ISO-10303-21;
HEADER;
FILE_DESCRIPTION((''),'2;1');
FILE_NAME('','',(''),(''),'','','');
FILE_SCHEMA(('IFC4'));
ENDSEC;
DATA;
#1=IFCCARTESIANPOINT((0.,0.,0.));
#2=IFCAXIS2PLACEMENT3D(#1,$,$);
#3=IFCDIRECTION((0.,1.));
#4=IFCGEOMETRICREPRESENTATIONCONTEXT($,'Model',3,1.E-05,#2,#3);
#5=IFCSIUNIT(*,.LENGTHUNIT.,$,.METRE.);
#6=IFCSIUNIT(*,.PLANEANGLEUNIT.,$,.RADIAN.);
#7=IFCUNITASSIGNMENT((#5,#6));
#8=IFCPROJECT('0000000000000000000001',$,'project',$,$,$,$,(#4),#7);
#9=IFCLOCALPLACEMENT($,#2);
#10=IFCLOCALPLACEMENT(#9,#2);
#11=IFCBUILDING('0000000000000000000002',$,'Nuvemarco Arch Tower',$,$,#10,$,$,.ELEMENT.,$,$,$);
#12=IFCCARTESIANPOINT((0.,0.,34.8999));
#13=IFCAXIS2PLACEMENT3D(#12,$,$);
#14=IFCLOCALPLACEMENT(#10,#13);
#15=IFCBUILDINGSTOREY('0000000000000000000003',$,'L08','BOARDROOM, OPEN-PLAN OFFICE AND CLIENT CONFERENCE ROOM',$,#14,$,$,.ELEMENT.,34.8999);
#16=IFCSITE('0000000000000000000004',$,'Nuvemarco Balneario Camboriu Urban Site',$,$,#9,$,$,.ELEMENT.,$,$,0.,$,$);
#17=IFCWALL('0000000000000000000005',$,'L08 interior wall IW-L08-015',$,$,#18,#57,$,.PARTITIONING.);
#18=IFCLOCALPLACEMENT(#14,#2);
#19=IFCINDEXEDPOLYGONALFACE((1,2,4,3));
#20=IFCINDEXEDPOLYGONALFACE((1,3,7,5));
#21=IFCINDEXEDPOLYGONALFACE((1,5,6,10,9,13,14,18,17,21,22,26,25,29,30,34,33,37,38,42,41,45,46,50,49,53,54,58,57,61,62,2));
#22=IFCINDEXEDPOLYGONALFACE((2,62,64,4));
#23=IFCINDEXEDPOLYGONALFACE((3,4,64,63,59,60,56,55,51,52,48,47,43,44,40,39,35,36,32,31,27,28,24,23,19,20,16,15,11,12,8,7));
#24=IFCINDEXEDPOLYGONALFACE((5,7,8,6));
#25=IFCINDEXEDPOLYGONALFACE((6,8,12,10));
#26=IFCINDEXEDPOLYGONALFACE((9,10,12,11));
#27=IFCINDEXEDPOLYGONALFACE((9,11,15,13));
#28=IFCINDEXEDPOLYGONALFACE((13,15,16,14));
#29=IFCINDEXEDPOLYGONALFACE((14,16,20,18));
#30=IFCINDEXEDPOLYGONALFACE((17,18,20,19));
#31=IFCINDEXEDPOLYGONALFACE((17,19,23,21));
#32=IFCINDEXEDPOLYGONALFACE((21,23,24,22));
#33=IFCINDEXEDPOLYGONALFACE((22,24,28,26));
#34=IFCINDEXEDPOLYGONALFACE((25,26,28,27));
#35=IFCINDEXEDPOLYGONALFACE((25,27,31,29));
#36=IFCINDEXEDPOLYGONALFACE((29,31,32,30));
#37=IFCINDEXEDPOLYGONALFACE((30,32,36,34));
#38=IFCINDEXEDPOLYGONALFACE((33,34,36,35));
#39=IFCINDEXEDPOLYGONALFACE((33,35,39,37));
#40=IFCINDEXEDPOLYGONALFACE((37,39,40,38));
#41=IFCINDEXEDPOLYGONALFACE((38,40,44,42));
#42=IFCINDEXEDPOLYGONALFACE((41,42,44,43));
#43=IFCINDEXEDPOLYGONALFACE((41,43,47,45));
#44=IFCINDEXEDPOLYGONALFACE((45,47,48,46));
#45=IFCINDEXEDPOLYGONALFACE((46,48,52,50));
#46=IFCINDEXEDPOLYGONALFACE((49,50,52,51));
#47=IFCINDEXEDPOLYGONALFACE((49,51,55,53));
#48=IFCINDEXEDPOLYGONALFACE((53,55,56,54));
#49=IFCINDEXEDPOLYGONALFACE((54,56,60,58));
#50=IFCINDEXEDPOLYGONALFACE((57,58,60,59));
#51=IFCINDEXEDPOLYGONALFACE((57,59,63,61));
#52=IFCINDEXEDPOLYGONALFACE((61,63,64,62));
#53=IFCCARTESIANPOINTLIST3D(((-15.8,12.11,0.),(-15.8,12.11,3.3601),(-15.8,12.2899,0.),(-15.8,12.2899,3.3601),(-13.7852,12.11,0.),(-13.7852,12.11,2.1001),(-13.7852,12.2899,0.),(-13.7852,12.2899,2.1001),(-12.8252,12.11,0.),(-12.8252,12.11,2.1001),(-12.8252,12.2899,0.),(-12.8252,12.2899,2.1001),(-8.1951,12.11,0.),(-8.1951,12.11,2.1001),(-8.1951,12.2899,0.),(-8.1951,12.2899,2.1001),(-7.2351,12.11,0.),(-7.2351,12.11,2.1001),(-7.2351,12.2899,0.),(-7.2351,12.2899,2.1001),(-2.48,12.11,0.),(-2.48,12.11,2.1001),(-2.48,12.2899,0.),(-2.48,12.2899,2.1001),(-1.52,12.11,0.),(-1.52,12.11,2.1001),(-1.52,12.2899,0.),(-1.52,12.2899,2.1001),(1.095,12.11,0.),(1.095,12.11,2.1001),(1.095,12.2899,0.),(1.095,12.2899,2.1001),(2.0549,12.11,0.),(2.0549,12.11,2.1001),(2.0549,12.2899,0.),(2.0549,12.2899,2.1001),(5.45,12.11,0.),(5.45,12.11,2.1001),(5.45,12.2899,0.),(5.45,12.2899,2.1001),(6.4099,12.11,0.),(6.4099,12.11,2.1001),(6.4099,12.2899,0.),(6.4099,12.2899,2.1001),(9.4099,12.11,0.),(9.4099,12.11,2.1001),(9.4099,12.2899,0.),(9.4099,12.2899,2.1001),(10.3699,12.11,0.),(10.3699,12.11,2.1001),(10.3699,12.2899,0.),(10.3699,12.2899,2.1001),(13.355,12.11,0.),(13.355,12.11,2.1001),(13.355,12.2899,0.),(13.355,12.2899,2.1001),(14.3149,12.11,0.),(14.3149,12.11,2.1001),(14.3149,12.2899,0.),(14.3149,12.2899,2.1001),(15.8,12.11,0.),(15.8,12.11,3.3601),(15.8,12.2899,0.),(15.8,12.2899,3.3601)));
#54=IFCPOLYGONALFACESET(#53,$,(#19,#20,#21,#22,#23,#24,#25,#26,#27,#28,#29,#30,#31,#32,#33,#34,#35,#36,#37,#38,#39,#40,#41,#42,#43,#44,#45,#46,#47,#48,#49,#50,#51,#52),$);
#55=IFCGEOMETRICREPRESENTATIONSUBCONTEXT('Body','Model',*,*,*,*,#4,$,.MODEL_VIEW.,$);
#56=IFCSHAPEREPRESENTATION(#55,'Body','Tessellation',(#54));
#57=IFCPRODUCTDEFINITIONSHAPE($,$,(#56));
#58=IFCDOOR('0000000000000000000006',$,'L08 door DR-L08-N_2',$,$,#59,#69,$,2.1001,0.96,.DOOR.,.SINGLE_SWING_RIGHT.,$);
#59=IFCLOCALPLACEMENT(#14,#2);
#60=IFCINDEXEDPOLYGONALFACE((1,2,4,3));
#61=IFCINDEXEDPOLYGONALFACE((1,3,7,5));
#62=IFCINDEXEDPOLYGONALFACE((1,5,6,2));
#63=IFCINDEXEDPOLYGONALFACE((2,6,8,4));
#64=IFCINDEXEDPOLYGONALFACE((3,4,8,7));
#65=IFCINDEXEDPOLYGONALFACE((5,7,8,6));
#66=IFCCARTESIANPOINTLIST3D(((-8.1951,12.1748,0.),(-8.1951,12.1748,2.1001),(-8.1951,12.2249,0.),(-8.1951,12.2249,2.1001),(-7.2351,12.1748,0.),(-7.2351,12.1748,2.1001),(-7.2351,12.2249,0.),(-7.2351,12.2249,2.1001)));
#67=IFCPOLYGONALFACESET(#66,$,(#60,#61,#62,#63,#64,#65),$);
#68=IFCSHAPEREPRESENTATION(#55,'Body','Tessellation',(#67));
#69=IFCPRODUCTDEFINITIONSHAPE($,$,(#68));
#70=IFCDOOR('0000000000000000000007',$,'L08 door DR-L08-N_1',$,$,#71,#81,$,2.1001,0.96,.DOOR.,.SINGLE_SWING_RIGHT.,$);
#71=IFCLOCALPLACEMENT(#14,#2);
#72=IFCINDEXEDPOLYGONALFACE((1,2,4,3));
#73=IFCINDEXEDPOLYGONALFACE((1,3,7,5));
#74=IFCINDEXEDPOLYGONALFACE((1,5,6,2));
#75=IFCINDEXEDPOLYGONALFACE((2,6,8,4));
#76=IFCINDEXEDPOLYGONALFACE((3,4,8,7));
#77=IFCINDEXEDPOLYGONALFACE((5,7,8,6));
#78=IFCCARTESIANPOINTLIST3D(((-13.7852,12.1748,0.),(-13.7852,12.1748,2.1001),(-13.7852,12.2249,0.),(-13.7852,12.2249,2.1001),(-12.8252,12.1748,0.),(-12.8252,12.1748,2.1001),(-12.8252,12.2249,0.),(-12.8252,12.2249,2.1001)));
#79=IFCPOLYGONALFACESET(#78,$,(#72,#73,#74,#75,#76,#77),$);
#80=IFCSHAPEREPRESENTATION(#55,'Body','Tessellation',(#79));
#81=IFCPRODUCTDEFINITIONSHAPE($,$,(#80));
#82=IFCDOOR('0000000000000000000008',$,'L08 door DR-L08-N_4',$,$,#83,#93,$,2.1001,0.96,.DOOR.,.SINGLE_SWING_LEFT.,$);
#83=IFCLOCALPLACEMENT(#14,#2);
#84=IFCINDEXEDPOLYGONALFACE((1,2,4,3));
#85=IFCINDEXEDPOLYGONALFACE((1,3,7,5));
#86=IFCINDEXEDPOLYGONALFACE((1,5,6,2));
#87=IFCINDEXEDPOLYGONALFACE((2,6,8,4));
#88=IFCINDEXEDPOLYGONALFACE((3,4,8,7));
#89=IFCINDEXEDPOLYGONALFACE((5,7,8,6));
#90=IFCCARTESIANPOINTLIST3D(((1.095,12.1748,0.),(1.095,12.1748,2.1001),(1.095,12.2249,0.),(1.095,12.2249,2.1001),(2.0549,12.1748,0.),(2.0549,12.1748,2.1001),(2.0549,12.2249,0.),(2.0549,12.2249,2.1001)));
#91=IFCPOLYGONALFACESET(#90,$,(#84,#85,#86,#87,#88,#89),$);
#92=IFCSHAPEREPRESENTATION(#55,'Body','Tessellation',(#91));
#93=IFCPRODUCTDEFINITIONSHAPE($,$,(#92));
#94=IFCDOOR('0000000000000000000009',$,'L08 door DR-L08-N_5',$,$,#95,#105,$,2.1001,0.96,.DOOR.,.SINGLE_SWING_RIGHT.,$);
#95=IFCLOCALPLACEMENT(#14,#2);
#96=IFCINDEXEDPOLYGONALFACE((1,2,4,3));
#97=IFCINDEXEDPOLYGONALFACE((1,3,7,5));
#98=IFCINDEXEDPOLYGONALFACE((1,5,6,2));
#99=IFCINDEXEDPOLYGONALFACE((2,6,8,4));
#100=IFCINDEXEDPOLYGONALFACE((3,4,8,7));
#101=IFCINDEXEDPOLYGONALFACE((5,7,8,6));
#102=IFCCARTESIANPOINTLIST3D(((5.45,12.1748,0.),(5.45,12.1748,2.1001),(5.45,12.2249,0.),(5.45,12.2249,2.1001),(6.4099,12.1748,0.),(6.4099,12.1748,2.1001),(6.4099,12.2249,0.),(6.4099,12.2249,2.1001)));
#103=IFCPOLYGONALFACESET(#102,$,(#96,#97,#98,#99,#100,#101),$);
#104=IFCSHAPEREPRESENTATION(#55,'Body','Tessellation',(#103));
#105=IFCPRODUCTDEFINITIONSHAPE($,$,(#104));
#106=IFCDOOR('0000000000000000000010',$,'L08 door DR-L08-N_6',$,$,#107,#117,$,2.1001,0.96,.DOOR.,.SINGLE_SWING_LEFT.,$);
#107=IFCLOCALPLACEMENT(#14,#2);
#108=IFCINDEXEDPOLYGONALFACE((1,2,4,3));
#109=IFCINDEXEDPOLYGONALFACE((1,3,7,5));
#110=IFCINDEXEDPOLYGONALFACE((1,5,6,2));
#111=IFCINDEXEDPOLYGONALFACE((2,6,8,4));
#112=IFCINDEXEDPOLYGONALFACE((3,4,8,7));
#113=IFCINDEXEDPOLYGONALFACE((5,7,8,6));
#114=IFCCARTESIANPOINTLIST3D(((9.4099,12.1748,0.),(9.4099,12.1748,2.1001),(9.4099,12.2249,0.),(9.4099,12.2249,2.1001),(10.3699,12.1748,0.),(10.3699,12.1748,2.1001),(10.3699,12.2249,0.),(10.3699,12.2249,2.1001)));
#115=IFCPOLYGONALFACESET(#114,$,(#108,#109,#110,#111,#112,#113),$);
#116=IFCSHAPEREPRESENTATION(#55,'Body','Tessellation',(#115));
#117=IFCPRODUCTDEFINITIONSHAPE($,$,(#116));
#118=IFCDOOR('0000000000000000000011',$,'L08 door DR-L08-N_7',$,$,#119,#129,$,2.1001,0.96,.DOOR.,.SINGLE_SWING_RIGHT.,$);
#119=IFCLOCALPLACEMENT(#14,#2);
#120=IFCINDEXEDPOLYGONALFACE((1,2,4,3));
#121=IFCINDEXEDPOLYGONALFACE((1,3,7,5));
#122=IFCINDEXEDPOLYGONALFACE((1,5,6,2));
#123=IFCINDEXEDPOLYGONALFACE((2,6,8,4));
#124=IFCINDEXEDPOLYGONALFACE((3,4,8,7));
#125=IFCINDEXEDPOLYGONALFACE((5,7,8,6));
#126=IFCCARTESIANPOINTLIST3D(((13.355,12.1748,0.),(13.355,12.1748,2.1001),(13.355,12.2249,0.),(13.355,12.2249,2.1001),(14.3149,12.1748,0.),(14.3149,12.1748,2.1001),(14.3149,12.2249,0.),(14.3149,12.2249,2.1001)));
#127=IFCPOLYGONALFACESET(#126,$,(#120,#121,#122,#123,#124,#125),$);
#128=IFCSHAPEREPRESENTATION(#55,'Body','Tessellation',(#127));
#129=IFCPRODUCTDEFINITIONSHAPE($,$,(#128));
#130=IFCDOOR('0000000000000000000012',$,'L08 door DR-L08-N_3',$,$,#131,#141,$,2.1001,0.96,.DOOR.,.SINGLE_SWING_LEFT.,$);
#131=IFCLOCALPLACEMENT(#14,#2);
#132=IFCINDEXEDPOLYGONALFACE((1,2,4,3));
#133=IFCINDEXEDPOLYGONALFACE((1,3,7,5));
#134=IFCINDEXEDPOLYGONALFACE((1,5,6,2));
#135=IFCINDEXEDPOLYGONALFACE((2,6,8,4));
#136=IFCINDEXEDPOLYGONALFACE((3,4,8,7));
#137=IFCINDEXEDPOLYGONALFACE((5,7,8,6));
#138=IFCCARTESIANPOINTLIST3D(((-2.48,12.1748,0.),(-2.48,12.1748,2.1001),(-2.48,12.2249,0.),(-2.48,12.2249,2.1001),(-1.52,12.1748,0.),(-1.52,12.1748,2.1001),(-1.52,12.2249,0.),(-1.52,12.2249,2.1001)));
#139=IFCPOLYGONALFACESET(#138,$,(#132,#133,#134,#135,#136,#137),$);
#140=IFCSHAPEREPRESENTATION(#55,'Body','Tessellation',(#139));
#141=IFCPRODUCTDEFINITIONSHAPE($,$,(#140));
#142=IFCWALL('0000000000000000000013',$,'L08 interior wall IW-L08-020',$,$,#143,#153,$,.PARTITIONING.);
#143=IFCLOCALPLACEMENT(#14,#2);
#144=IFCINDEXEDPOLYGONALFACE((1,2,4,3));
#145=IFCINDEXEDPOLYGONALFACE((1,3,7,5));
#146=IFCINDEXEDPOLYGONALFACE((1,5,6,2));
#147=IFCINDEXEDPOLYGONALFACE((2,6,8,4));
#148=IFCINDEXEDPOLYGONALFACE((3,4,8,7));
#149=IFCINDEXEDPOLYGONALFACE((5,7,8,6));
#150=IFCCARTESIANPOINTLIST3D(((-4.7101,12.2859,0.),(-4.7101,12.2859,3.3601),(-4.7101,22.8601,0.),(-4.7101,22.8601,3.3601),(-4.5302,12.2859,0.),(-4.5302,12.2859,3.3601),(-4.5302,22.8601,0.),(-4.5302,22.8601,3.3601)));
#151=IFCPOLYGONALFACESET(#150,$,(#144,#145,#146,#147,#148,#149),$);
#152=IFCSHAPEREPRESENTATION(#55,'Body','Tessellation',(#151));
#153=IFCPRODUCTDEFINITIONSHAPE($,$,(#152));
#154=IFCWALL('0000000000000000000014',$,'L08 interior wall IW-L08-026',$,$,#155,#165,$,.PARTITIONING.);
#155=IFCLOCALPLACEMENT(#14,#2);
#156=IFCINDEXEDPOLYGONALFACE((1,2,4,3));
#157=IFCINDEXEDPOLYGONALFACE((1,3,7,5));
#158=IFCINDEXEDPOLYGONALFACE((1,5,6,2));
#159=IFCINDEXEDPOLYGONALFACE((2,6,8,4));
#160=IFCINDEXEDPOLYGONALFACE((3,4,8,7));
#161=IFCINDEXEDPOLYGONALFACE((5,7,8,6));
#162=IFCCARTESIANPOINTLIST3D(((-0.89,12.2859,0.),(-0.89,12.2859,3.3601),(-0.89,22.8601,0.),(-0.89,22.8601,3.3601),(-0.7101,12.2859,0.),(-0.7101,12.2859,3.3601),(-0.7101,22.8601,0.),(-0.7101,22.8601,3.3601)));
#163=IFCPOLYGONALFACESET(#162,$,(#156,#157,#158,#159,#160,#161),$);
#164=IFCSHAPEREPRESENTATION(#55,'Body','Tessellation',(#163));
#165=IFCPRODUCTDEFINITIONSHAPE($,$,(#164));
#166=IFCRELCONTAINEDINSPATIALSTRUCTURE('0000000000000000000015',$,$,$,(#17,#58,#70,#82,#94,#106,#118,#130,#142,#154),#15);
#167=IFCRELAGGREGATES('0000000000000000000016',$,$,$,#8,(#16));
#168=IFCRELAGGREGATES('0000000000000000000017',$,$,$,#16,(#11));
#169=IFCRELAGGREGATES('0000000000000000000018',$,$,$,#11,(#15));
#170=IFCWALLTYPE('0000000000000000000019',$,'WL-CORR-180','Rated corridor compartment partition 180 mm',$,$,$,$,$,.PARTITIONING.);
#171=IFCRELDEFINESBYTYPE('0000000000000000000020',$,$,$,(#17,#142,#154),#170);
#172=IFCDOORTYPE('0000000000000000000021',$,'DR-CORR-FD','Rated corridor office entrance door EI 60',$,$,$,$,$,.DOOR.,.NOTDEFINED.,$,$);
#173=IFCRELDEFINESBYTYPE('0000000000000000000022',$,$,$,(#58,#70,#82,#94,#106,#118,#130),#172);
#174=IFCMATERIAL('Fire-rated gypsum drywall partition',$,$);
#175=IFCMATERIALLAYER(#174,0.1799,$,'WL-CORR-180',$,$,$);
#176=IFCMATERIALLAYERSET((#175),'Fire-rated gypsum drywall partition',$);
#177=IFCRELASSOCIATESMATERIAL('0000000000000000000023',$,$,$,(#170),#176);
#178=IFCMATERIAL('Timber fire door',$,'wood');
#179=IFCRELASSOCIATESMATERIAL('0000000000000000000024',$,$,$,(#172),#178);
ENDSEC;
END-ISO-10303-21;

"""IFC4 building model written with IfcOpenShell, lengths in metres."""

from ifc_helpers import new_model, si_unit, direction, frame, frame_2d, origin, place, context, subcontext, project, spatial, rectangle, extrude, source, transform, mapped, material, layer, layer_set, type_object, type_shapes, element, fill, save


model = new_model("IFC4")

# Units and contexts
model_context = context("Model", 3, precision=1e-05, world=origin(), true_north=direction((0.0, 1.0)))
body_context = subcontext(model_context, "Body", "Model", "MODEL_VIEW")
ifc_project = project(units=[si_unit("LENGTHUNIT", "METRE"), si_unit("PLANEANGLEUNIT", "RADIAN")], contexts=[model_context])

# Site, building, storey
site_placement = place(None, origin())
site = spatial("IfcSite", under=ifc_project, at=site_placement, Name="Nuvemarco Balneario Camboriu Urban Site", CompositionType="ELEMENT", RefElevation=0.0)
building_placement = place(site_placement, origin())
building = spatial("IfcBuilding", under=site, at=building_placement, Name="Nuvemarco Arch Tower", CompositionType="ELEMENT")
storey_placement = place(building_placement, frame((0.0, 0.0, 34.8999)))
storey = spatial("IfcBuildingStorey", under=building, at=storey_placement, Name="L08", Description="BOARDROOM, OPEN-PLAN OFFICE AND CLIENT CONFERENCE ROOM", CompositionType="ELEMENT", Elevation=34.8999)

# Shared definitions
ifc_material_1 = material(Name="Fire-rated gypsum drywall partition")
ifc_layer_1 = layer(ifc_material_1, 0.1799, Name="WL-CORR-180")
ifc_layer_set_1 = layer_set([ifc_layer_1], Name="Fire-rated gypsum drywall partition")
wall_type_1 = type_object("IfcWallType", Name="WL-CORR-180", Description="Rated corridor compartment partition 180 mm", PredefinedType="PARTITIONING", material=ifc_layer_set_1)
ifc_material_2 = material(Name="Timber fire door", Category="wood")
door_type = type_object("IfcDoorType", Name="DR-CORR-FD", Description="Rated corridor office entrance door EI 60", OperationType="NOTDEFINED", PredefinedType="DOOR", material=ifc_material_2)
shared_shape_1 = source(origin(), body_context, "Body", "SweptSolid", [
    extrude(rectangle(XDim=0.96, YDim=2.1001, at=frame_2d((0.48, 1.05))), frame((0.0, 0.0249, 0.0), z_axis=(0.0, -1.0, 0.0), x_axis=(1.0, 0.0, 0.0)), (0.0, 0.0, 1.0), 0.05),
])
type_shapes(door_type, [shared_shape_1])

# Wall, openings, doors
wall_1_placement = place(storey_placement, frame((-15.8, 12.2, 0.0), z_axis=(0.0, 0.0, 1.0), x_axis=(1.0, 0.0, 0.0)))
wall_1 = element("IfcWall", 1, at=wall_1_placement, inside=storey, type_object=wall_type_1, Name="L08 interior wall IW-L08-015", PredefinedType="PARTITIONING", context=body_context, shape_type="SweptSolid", body=[
    extrude(rectangle(XDim=31.6001, YDim=0.1799, at=frame_2d((15.8, 0.0))), origin(), (0.0, 0.0, 1.0), 3.3601),
])
opening_1_placement = place(wall_1_placement, frame((7.605, 0.0, 0.0)))
opening_1 = element("IfcOpeningElement", 2, at=opening_1_placement, cuts=wall_1, PredefinedType="OPENING", context=body_context, shape_type="SweptSolid", body=[
    extrude(rectangle(XDim=0.96, YDim=2.1001, at=frame_2d((0.48, 1.05))), frame((0.0, 0.0999, 0.0), z_axis=(0.0, -1.0, 0.0), x_axis=(1.0, 0.0, 0.0)), (0.0, 0.0, 1.0), 0.2),
])
opening_2_placement = place(wall_1_placement, frame((2.0149, 0.0, 0.0)))
opening_2 = element("IfcOpeningElement", 3, at=opening_2_placement, cuts=wall_1, PredefinedType="OPENING", context=body_context, shape_type="SweptSolid", body=[
    extrude(rectangle(XDim=0.96, YDim=2.1001, at=frame_2d((0.48, 1.05))), frame((0.0, 0.0999, 0.0), z_axis=(0.0, -1.0, 0.0), x_axis=(1.0, 0.0, 0.0)), (0.0, 0.0, 1.0), 0.2),
])
opening_3_placement = place(wall_1_placement, frame((16.895, 0.0, 0.0)))
opening_3 = element("IfcOpeningElement", 4, at=opening_3_placement, cuts=wall_1, PredefinedType="OPENING", context=body_context, shape_type="SweptSolid", body=[
    extrude(rectangle(XDim=0.96, YDim=2.1001, at=frame_2d((0.48, 1.05))), frame((0.0, 0.0999, 0.0), z_axis=(0.0, -1.0, 0.0), x_axis=(1.0, 0.0, 0.0)), (0.0, 0.0, 1.0), 0.2),
])
opening_4_placement = place(wall_1_placement, frame((21.25, 0.0, 0.0)))
opening_4 = element("IfcOpeningElement", 5, at=opening_4_placement, cuts=wall_1, PredefinedType="OPENING", context=body_context, shape_type="SweptSolid", body=[
    extrude(rectangle(XDim=0.96, YDim=2.1001, at=frame_2d((0.48, 1.05))), frame((0.0, 0.0999, 0.0), z_axis=(0.0, -1.0, 0.0), x_axis=(1.0, 0.0, 0.0)), (0.0, 0.0, 1.0), 0.2),
])
opening_5_placement = place(wall_1_placement, frame((25.21, 0.0, 0.0)))
opening_5 = element("IfcOpeningElement", 6, at=opening_5_placement, cuts=wall_1, PredefinedType="OPENING", context=body_context, shape_type="SweptSolid", body=[
    extrude(rectangle(XDim=0.96, YDim=2.1001, at=frame_2d((0.48, 1.05))), frame((0.0, 0.0999, 0.0), z_axis=(0.0, -1.0, 0.0), x_axis=(1.0, 0.0, 0.0)), (0.0, 0.0, 1.0), 0.2),
])
opening_6_placement = place(wall_1_placement, frame((29.155, 0.0, 0.0)))
opening_6 = element("IfcOpeningElement", 7, at=opening_6_placement, cuts=wall_1, PredefinedType="OPENING", context=body_context, shape_type="SweptSolid", body=[
    extrude(rectangle(XDim=0.96, YDim=2.1001, at=frame_2d((0.48, 1.05))), frame((0.0, 0.0999, 0.0), z_axis=(0.0, -1.0, 0.0), x_axis=(1.0, 0.0, 0.0)), (0.0, 0.0, 1.0), 0.2),
])
opening_7_placement = place(wall_1_placement, frame((13.3201, 0.0, 0.0)))
opening_7 = element("IfcOpeningElement", 8, at=opening_7_placement, cuts=wall_1, PredefinedType="OPENING", context=body_context, shape_type="SweptSolid", body=[
    extrude(rectangle(XDim=0.96, YDim=2.1001, at=frame_2d((0.48, 1.05))), frame((0.0, 0.0999, 0.0), z_axis=(0.0, -1.0, 0.0), x_axis=(1.0, 0.0, 0.0)), (0.0, 0.0, 1.0), 0.2),
])
door_1_placement = place(opening_1_placement, origin())
door_1 = element("IfcDoor", 9, at=door_1_placement, inside=storey, type_object=door_type, Name="L08 door DR-L08-N_2", OperationType="SINGLE_SWING_RIGHT", OverallHeight=2.1001, OverallWidth=0.96, PredefinedType="DOOR", context=body_context, shape_type="MappedRepresentation", body=[
    mapped(shared_shape_1, transform((0.0, 0.0, 0.0), scale=1.0)),
])
fill(opening_1, door_1)
door_2_placement = place(opening_2_placement, origin())
door_2 = element("IfcDoor", 10, at=door_2_placement, inside=storey, type_object=door_type, Name="L08 door DR-L08-N_1", OperationType="SINGLE_SWING_RIGHT", OverallHeight=2.1001, OverallWidth=0.96, PredefinedType="DOOR", context=body_context, shape_type="MappedRepresentation", body=[
    mapped(shared_shape_1, transform((0.0, 0.0, 0.0), scale=1.0)),
])
fill(opening_2, door_2)
door_3_placement = place(opening_3_placement, origin())
door_3 = element("IfcDoor", 11, at=door_3_placement, inside=storey, type_object=door_type, Name="L08 door DR-L08-N_4", OperationType="SINGLE_SWING_LEFT", OverallHeight=2.1001, OverallWidth=0.96, PredefinedType="DOOR", context=body_context, shape_type="MappedRepresentation", body=[
    mapped(shared_shape_1, transform((0.0, 0.0, 0.0), scale=1.0)),
])
fill(opening_3, door_3)
door_4_placement = place(opening_4_placement, origin())
door_4 = element("IfcDoor", 12, at=door_4_placement, inside=storey, type_object=door_type, Name="L08 door DR-L08-N_5", OperationType="SINGLE_SWING_RIGHT", OverallHeight=2.1001, OverallWidth=0.96, PredefinedType="DOOR", context=body_context, shape_type="MappedRepresentation", body=[
    mapped(shared_shape_1, transform((0.0, 0.0, 0.0), scale=1.0)),
])
fill(opening_4, door_4)
door_5_placement = place(opening_5_placement, origin())
door_5 = element("IfcDoor", 13, at=door_5_placement, inside=storey, type_object=door_type, Name="L08 door DR-L08-N_6", OperationType="SINGLE_SWING_LEFT", OverallHeight=2.1001, OverallWidth=0.96, PredefinedType="DOOR", context=body_context, shape_type="MappedRepresentation", body=[
    mapped(shared_shape_1, transform((0.0, 0.0, 0.0), scale=1.0)),
])
fill(opening_5, door_5)
door_6_placement = place(opening_6_placement, origin())
door_6 = element("IfcDoor", 14, at=door_6_placement, inside=storey, type_object=door_type, Name="L08 door DR-L08-N_7", OperationType="SINGLE_SWING_RIGHT", OverallHeight=2.1001, OverallWidth=0.96, PredefinedType="DOOR", context=body_context, shape_type="MappedRepresentation", body=[
    mapped(shared_shape_1, transform((0.0, 0.0, 0.0), scale=1.0)),
])
fill(opening_6, door_6)
door_7_placement = place(opening_7_placement, origin())
door_7 = element("IfcDoor", 15, at=door_7_placement, inside=storey, type_object=door_type, Name="L08 door DR-L08-N_3", OperationType="SINGLE_SWING_LEFT", OverallHeight=2.1001, OverallWidth=0.96, PredefinedType="DOOR", context=body_context, shape_type="MappedRepresentation", body=[
    mapped(shared_shape_1, transform((0.0, 0.0, 0.0), scale=1.0)),
])
fill(opening_7, door_7)

# Walls
for number, where, z_axis, x_axis, name in (
    (16, (-4.6201, 12.2859, 0.0), (0.0, 0.0, 1.0), (0.0, 1.0, 0.0), "L08 interior wall IW-L08-020"),
    (17, (-0.8, 12.2859, 0.0), (0.0, 0.0, 1.0), (0.0, 1.0, 0.0), "L08 interior wall IW-L08-026"),
):
    element("IfcWall", number, at=place(storey_placement, frame(where, z_axis=z_axis, x_axis=x_axis)), inside=storey, type_object=wall_type_1, Name=name, PredefinedType="PARTITIONING", context=body_context, shape_type="SweptSolid", body=[
        extrude(rectangle(XDim=10.5742, YDim=0.1799, at=frame_2d((5.2871, 0.0))), origin(), (0.0, 0.0, 1.0), 3.3601),
    ])

save(model, "model.ifc")
